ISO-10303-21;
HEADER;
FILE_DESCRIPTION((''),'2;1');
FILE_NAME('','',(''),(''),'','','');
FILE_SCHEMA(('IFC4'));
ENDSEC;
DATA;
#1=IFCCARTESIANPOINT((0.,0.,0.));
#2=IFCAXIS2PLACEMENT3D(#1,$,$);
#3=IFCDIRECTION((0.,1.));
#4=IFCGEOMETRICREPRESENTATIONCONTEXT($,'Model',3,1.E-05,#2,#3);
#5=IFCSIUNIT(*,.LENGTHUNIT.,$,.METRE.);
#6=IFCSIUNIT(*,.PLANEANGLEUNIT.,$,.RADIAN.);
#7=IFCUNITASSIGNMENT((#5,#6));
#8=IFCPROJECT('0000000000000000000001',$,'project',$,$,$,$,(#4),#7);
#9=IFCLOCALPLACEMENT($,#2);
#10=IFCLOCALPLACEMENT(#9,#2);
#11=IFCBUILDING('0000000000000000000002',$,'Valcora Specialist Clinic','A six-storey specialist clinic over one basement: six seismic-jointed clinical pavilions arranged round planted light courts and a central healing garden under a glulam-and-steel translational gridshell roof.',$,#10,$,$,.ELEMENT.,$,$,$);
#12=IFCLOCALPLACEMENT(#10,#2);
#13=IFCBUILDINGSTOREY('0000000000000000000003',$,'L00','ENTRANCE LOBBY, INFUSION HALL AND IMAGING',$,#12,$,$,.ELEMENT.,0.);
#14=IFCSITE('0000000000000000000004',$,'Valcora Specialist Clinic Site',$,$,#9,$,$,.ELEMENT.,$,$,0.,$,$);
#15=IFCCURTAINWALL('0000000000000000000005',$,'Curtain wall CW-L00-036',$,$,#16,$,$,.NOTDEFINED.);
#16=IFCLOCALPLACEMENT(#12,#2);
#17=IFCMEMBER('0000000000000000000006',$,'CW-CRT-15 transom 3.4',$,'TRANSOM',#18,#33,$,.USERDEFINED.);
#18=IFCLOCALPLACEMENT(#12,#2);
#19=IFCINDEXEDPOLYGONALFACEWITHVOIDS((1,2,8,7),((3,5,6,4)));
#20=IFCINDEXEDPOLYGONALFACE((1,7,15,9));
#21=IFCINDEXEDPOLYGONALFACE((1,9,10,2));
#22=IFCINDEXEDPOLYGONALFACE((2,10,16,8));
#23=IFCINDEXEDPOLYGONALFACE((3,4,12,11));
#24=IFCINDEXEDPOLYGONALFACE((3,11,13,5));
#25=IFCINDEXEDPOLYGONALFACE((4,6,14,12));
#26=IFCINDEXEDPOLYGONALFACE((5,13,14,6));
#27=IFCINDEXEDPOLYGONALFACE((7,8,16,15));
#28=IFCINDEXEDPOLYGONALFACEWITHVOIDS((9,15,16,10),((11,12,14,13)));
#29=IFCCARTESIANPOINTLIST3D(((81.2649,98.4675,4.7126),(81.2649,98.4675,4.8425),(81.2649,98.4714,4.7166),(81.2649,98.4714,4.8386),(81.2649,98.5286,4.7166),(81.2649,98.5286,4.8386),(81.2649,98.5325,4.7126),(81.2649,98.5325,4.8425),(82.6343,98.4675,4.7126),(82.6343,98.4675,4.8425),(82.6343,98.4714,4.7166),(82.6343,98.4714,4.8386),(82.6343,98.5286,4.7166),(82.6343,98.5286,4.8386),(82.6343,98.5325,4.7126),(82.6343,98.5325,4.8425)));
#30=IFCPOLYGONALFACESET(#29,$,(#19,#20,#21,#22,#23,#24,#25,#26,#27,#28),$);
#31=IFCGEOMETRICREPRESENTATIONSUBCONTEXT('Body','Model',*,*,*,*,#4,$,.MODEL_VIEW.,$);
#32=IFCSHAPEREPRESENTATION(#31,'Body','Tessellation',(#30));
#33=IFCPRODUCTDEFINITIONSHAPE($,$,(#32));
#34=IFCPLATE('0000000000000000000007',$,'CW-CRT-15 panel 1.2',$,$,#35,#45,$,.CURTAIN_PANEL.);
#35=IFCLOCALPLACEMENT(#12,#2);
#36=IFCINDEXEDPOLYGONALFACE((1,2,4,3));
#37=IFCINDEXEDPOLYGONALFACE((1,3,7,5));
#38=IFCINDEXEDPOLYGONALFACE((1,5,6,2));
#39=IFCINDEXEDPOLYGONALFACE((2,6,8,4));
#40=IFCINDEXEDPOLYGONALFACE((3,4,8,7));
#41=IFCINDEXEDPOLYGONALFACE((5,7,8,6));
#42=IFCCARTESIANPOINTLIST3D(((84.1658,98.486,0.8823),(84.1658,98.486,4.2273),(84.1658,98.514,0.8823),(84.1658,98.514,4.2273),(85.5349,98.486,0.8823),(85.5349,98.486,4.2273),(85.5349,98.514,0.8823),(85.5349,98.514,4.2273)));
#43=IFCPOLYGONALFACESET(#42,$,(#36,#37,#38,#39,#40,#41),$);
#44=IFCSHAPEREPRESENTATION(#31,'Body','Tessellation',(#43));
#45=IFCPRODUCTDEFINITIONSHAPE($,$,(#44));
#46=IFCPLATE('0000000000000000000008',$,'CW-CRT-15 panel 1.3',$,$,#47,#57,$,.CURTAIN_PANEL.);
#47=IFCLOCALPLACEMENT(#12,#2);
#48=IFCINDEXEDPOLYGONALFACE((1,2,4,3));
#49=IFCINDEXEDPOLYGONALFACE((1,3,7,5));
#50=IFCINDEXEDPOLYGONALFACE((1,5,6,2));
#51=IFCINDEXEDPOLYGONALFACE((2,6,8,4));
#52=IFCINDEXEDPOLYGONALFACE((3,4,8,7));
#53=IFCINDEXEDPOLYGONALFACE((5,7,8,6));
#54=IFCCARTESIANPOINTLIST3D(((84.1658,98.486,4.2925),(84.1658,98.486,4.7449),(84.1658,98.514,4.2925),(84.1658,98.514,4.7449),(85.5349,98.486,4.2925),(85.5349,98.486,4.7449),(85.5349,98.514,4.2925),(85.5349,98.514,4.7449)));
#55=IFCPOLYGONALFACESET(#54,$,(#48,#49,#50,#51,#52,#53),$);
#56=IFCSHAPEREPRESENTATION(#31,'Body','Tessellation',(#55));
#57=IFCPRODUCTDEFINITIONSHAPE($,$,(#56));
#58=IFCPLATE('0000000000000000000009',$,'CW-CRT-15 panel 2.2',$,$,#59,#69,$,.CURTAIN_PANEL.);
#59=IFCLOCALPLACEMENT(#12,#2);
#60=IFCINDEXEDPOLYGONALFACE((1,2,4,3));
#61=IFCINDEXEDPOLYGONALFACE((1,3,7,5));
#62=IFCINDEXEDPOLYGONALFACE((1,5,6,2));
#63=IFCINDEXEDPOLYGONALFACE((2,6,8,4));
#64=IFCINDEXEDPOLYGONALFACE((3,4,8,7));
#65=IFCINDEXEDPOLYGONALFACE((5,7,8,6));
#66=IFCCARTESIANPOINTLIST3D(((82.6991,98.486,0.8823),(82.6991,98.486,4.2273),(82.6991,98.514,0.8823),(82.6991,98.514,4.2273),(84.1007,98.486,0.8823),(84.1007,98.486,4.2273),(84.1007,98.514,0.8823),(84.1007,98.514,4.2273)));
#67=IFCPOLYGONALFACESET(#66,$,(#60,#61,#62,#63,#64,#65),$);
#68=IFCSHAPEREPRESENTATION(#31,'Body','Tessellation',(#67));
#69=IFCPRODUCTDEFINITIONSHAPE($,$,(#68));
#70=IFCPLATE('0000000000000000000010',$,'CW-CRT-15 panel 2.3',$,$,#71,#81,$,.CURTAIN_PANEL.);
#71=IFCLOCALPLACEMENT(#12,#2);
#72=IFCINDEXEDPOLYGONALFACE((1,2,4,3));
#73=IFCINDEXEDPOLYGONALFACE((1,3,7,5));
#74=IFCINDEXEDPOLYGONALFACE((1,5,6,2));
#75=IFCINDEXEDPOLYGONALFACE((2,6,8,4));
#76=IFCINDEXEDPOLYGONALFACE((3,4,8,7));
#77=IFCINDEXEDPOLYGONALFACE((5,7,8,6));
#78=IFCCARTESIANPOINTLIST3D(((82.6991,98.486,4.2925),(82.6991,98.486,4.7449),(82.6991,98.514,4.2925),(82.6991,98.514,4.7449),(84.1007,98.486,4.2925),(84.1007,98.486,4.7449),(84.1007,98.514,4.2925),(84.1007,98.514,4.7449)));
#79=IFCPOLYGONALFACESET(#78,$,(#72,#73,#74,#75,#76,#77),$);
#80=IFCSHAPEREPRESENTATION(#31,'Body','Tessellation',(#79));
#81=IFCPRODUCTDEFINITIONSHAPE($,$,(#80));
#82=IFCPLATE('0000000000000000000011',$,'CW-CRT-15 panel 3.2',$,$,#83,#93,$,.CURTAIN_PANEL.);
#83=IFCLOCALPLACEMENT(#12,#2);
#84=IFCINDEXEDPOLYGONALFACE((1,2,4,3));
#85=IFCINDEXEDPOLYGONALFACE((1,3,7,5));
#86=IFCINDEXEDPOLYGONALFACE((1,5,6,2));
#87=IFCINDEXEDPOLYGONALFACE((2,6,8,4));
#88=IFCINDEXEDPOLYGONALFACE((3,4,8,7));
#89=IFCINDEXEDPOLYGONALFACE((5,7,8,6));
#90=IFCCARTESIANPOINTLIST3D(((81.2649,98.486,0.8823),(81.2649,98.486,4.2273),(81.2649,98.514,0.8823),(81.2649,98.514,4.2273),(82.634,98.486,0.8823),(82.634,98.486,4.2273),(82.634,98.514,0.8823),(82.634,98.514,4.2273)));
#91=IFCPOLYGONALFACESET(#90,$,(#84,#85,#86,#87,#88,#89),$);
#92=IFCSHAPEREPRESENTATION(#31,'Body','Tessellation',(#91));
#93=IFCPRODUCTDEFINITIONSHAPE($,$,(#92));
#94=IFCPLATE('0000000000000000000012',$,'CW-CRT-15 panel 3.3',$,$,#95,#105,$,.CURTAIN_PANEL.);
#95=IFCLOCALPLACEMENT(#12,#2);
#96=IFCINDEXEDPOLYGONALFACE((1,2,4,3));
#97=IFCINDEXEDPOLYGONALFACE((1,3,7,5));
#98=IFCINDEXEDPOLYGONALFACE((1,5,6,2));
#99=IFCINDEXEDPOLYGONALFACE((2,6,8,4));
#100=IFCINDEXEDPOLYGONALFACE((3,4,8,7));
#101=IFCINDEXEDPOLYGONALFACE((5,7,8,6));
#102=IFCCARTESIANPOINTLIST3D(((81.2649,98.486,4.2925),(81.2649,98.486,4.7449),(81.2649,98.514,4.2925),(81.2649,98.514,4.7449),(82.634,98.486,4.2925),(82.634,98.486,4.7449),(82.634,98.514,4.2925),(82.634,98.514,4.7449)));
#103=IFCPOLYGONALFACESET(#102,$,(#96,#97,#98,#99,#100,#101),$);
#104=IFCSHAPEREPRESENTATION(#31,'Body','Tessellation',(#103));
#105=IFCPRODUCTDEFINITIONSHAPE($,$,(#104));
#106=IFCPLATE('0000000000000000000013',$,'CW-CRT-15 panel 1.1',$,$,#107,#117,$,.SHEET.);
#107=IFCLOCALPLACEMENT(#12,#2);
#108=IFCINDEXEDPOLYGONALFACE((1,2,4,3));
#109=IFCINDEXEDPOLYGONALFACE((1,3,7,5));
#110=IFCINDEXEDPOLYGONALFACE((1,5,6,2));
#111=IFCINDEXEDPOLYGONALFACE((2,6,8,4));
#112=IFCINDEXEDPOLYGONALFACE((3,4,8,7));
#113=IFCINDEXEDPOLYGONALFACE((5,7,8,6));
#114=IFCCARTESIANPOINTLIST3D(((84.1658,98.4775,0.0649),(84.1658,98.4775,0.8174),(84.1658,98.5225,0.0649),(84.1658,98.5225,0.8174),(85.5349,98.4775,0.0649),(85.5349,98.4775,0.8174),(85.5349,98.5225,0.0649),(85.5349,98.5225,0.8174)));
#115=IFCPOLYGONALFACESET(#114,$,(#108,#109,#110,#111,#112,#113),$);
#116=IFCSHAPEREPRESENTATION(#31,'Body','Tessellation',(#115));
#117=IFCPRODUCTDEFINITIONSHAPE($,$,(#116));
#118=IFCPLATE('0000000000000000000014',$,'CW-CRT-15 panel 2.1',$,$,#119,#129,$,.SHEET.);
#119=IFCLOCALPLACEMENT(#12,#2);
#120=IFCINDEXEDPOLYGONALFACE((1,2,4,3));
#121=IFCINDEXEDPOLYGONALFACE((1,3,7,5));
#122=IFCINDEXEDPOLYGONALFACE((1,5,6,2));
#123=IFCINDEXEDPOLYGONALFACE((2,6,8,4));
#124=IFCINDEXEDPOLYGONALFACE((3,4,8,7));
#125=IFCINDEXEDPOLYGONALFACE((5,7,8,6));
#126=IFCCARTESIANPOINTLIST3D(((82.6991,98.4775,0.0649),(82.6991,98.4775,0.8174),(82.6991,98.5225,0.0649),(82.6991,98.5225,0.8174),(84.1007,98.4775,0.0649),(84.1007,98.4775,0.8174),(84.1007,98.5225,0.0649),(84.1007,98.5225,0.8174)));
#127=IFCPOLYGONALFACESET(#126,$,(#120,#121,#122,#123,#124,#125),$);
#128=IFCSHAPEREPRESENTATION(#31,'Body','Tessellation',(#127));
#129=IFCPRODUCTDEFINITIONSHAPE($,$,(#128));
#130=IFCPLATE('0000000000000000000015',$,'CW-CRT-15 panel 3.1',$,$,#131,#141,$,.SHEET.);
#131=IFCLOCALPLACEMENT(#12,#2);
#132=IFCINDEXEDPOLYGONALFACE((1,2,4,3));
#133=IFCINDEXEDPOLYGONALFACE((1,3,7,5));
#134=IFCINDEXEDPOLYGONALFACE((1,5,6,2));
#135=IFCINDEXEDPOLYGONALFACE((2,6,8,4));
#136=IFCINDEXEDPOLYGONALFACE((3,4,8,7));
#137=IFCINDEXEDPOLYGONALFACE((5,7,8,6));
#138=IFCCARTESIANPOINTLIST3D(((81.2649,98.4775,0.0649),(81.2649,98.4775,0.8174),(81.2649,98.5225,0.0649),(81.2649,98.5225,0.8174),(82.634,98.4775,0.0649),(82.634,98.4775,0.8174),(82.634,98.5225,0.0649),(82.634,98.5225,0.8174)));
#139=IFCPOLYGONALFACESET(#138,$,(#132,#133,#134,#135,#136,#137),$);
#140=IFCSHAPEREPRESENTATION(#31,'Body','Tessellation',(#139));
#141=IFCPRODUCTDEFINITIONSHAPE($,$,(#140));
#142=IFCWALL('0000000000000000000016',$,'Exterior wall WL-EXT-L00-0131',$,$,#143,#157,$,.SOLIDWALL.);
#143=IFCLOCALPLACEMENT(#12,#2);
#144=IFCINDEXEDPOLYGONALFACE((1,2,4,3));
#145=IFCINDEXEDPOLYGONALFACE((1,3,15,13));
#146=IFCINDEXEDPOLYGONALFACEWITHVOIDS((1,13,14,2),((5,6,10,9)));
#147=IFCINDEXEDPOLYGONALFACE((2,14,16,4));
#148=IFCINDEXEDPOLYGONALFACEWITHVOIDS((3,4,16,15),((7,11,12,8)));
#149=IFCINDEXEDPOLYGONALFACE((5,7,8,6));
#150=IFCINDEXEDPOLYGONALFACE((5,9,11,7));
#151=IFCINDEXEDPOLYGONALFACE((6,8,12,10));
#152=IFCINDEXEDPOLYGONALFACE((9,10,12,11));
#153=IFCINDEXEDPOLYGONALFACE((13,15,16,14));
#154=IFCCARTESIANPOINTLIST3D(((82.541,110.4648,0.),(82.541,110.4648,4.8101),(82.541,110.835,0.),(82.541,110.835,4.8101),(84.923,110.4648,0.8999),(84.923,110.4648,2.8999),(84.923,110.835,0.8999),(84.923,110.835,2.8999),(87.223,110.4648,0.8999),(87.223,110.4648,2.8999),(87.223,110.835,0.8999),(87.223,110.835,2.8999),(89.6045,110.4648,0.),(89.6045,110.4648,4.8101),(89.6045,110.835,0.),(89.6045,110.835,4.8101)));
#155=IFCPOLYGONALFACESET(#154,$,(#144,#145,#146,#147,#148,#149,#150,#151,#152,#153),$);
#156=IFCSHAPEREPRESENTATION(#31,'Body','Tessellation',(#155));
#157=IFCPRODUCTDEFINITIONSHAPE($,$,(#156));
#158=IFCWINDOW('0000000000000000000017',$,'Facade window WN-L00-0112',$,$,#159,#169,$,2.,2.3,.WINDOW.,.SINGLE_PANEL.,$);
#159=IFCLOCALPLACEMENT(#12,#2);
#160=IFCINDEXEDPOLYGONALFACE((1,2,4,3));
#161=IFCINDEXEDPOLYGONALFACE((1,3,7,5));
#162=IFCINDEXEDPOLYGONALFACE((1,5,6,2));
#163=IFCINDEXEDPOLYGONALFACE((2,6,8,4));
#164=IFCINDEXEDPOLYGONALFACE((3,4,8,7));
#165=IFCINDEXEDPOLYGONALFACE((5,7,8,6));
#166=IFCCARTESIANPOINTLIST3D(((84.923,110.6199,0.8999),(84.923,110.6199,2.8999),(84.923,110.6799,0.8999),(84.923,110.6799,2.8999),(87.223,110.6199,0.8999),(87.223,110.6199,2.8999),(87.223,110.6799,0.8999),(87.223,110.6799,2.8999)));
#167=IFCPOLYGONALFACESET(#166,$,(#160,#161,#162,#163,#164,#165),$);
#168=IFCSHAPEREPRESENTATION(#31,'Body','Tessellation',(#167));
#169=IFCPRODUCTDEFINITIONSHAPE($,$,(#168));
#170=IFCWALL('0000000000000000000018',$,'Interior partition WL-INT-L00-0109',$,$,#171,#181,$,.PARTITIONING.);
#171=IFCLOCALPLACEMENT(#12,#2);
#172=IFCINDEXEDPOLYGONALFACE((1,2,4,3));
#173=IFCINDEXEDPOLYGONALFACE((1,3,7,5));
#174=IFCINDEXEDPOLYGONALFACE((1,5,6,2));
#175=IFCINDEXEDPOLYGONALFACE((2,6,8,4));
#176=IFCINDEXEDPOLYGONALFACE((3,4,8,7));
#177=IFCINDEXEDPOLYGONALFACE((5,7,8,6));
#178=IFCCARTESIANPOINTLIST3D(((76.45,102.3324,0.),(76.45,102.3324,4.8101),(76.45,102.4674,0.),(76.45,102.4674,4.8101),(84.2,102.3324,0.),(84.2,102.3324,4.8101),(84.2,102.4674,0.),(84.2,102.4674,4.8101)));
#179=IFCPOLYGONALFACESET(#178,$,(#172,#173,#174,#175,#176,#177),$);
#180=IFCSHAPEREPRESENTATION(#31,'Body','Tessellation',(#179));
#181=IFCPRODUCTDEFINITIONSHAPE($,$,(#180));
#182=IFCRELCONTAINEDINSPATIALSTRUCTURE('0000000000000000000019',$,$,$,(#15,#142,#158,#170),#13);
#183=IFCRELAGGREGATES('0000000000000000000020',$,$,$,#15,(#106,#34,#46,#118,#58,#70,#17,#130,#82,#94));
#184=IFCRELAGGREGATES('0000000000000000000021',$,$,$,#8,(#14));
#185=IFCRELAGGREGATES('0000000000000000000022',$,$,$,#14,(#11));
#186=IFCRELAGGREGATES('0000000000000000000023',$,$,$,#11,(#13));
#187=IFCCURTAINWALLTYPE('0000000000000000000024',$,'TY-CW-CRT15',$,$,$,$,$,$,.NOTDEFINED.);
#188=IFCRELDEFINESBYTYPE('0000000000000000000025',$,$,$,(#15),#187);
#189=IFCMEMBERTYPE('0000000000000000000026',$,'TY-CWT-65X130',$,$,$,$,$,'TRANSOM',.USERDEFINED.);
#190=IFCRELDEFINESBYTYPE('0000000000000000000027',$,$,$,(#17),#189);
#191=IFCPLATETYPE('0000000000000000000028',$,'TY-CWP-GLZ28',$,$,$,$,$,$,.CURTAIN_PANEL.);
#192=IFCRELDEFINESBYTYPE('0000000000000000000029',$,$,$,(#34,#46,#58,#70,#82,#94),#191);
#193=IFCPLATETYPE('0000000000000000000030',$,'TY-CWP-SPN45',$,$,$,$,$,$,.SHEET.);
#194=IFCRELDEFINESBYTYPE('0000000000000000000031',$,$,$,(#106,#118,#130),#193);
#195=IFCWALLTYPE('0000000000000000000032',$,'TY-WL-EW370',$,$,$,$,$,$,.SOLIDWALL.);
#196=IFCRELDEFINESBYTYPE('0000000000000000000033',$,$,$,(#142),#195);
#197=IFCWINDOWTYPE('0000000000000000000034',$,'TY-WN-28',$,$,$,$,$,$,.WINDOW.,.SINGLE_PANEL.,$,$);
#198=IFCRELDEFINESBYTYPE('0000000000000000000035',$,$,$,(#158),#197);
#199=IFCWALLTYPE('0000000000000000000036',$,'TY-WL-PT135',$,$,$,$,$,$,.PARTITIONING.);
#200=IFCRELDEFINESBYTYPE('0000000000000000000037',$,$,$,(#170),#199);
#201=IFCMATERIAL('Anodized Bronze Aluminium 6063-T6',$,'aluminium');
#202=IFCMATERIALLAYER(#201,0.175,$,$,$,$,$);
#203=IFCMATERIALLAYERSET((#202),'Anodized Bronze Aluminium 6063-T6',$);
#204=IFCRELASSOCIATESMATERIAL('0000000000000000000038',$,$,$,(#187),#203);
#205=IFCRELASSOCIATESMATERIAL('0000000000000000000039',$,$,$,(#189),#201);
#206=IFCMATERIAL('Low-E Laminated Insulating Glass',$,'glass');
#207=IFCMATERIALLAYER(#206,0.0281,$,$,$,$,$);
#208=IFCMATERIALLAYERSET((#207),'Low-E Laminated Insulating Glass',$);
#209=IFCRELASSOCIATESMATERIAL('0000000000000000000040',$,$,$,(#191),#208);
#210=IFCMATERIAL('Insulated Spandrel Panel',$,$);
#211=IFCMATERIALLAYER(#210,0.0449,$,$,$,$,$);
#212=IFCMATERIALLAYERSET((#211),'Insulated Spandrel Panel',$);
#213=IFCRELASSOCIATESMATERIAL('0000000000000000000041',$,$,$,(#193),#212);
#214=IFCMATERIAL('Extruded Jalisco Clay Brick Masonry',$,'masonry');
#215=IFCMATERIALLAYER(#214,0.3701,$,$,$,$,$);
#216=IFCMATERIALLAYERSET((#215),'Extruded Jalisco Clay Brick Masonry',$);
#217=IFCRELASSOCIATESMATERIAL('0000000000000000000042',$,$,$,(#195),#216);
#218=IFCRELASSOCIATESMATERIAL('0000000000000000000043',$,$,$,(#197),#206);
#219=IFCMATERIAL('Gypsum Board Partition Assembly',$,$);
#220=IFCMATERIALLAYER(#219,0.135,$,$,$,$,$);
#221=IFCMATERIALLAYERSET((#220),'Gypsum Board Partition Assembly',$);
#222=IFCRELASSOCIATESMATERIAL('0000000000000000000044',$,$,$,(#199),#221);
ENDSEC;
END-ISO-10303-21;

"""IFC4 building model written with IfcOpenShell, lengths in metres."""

from ifc_helpers import new_model, si_unit, direction, frame, frame_2d, origin, origin_2d, place, context, subcontext, project, spatial, rectangle, hollow_rectangle, extrude, material, layer, layer_set, material_profile, profile_set, type_object, element, fill, aggregate, save


model = new_model("IFC4")

# Units and contexts
model_context = context("Model", 3, precision=1e-05, world=origin(), true_north=direction((0.0, 1.0)))
body_context = subcontext(model_context, "Body", "Model", "MODEL_VIEW")
ifc_project = project(units=[si_unit("LENGTHUNIT", "METRE"), si_unit("PLANEANGLEUNIT", "RADIAN")], contexts=[model_context])

# Site, building, storey
site_placement = place(None, origin())
site = spatial("IfcSite", under=ifc_project, at=site_placement, Name="Valcora Specialist Clinic Site", CompositionType="ELEMENT", RefElevation=0.0)
building_placement = place(site_placement, origin())
building = spatial("IfcBuilding", under=site, at=building_placement, Name="Valcora Specialist Clinic", Description="A six-storey specialist clinic over one basement: six seismic-jointed clinical pavilions arranged round planted light courts and a central healing garden under a glulam-and-steel translational gridshell roof.", CompositionType="ELEMENT")
storey_placement = place(building_placement, origin())
storey = spatial("IfcBuildingStorey", under=building, at=storey_placement, Name="L00", Description="ENTRANCE LOBBY, INFUSION HALL AND IMAGING", CompositionType="ELEMENT", Elevation=0.0)

# Curtain wall
ifc_material_1 = material(Name="Anodized Bronze Aluminium 6063-T6", Category="aluminium")
ifc_layer_1 = layer(ifc_material_1, 0.175)
ifc_layer_set_1 = layer_set([ifc_layer_1], Name="Anodized Bronze Aluminium 6063-T6")
curtain_wall_type = type_object("IfcCurtainWallType", Name="TY-CW-CRT15", PredefinedType="NOTDEFINED", material=ifc_layer_set_1)
curtain_wall_1_placement = place(storey_placement, origin())
curtain_wall_1 = element("IfcCurtainWall", 1, at=curtain_wall_1_placement, inside=storey, type_object=curtain_wall_type, Name="Curtain wall CW-L00-036", PredefinedType="NOTDEFINED")

# Member
ifc_material_profile_1 = material_profile(ifc_material_1, hollow_rectangle(XDim=0.0649, YDim=0.1299, WallThickness=0.0039, at=origin_2d()), Name="AL-TRN-65X130")
ifc_profile_set_1 = profile_set([ifc_material_profile_1], Name="Anodized Bronze Aluminium 6063-T6")
member_type_1 = type_object("IfcMemberType", Name="TY-CWT-65X130", ElementType="TRANSOM", PredefinedType="USERDEFINED", material=ifc_profile_set_1)
member_1_placement = place(storey_placement, frame((82.6343, 98.5, 4.7776), z_axis=(-1.0, 0.0, 0.0), x_axis=(0.0, -1.0, 0.0)))
member_1 = element("IfcMember", 2, at=member_1_placement, type_object=member_type_1, Name="CW-CRT-15 transom 3.4", ObjectType="TRANSOM", PredefinedType="USERDEFINED", context=body_context, shape_type="SweptSolid", body=[
    extrude(hollow_rectangle(XDim=0.0649, YDim=0.1299, WallThickness=0.0039, at=origin_2d()), origin(), (0.0, 0.0, 1.0), 1.3694),
])

# Plates
ifc_material_2 = material(Name="Low-E Laminated Insulating Glass", Category="glass")
ifc_layer_2 = layer(ifc_material_2, 0.0281)
ifc_layer_set_2 = layer_set([ifc_layer_2], Name="Low-E Laminated Insulating Glass")
plate_type_1 = type_object("IfcPlateType", Name="TY-CWP-GLZ28", PredefinedType="CURTAIN_PANEL", material=ifc_layer_set_2)
plate_1_placement = place(storey_placement, frame((84.8503, 98.5, 0.8823), z_axis=(0.0, 0.0, 1.0), x_axis=(-1.0, 0.0, 0.0)))
plate_1 = element("IfcPlate", 3, at=plate_1_placement, type_object=plate_type_1, Name="CW-CRT-15 panel 1.2", PredefinedType="CURTAIN_PANEL", context=body_context, shape_type="SweptSolid", body=[
    extrude(rectangle(XDim=1.3691, YDim=0.0281, at=origin_2d()), origin(), (0.0, 0.0, 1.0), 3.345),
])
plate_2_placement = place(storey_placement, frame((84.8503, 98.5, 4.2925), z_axis=(0.0, 0.0, 1.0), x_axis=(-1.0, 0.0, 0.0)))
plate_2 = element("IfcPlate", 4, at=plate_2_placement, type_object=plate_type_1, Name="CW-CRT-15 panel 1.3", PredefinedType="CURTAIN_PANEL", context=body_context, shape_type="SweptSolid", body=[
    extrude(rectangle(XDim=1.3691, YDim=0.0281, at=origin_2d()), origin(), (0.0, 0.0, 1.0), 0.4524),
])
plate_3_placement = place(storey_placement, frame((83.3999, 98.5, 0.8823), z_axis=(0.0, 0.0, 1.0), x_axis=(-1.0, 0.0, 0.0)))
plate_3 = element("IfcPlate", 5, at=plate_3_placement, type_object=plate_type_1, Name="CW-CRT-15 panel 2.2", PredefinedType="CURTAIN_PANEL", context=body_context, shape_type="SweptSolid", body=[
    extrude(rectangle(XDim=1.4016, YDim=0.0281, at=origin_2d()), origin(), (0.0, 0.0, 1.0), 3.345),
])
plate_4_placement = place(storey_placement, frame((83.3999, 98.5, 4.2925), z_axis=(0.0, 0.0, 1.0), x_axis=(-1.0, 0.0, 0.0)))
plate_4 = element("IfcPlate", 6, at=plate_4_placement, type_object=plate_type_1, Name="CW-CRT-15 panel 2.3", PredefinedType="CURTAIN_PANEL", context=body_context, shape_type="SweptSolid", body=[
    extrude(rectangle(XDim=1.4016, YDim=0.0281, at=origin_2d()), origin(), (0.0, 0.0, 1.0), 0.4524),
])
plate_5_placement = place(storey_placement, frame((81.9495, 98.5, 0.8823), z_axis=(0.0, 0.0, 1.0), x_axis=(-1.0, 0.0, 0.0)))
plate_5 = element("IfcPlate", 7, at=plate_5_placement, type_object=plate_type_1, Name="CW-CRT-15 panel 3.2", PredefinedType="CURTAIN_PANEL", context=body_context, shape_type="SweptSolid", body=[
    extrude(rectangle(XDim=1.3691, YDim=0.0281, at=origin_2d()), origin(), (0.0, 0.0, 1.0), 3.345),
])
plate_6_placement = place(storey_placement, frame((81.9495, 98.5, 4.2925), z_axis=(0.0, 0.0, 1.0), x_axis=(-1.0, 0.0, 0.0)))
plate_6 = element("IfcPlate", 8, at=plate_6_placement, type_object=plate_type_1, Name="CW-CRT-15 panel 3.3", PredefinedType="CURTAIN_PANEL", context=body_context, shape_type="SweptSolid", body=[
    extrude(rectangle(XDim=1.3691, YDim=0.0281, at=origin_2d()), origin(), (0.0, 0.0, 1.0), 0.4524),
])
ifc_material_3 = material(Name="Insulated Spandrel Panel")
ifc_layer_3 = layer(ifc_material_3, 0.0449)
ifc_layer_set_3 = layer_set([ifc_layer_3], Name="Insulated Spandrel Panel")
plate_type_2 = type_object("IfcPlateType", Name="TY-CWP-SPN45", PredefinedType="SHEET", material=ifc_layer_set_3)
plate_7_placement = place(storey_placement, frame((84.8503, 98.5, 0.0649), z_axis=(0.0, 0.0, 1.0), x_axis=(-1.0, 0.0, 0.0)))
plate_7 = element("IfcPlate", 9, at=plate_7_placement, type_object=plate_type_2, Name="CW-CRT-15 panel 1.1", PredefinedType="SHEET", context=body_context, shape_type="SweptSolid", body=[
    extrude(rectangle(XDim=1.3691, YDim=0.0449, at=origin_2d()), origin(), (0.0, 0.0, 1.0), 0.7524),
])
plate_8_placement = place(storey_placement, frame((83.3999, 98.5, 0.0649), z_axis=(0.0, 0.0, 1.0), x_axis=(-1.0, 0.0, 0.0)))
plate_8 = element("IfcPlate", 10, at=plate_8_placement, type_object=plate_type_2, Name="CW-CRT-15 panel 2.1", PredefinedType="SHEET", context=body_context, shape_type="SweptSolid", body=[
    extrude(rectangle(XDim=1.4016, YDim=0.0449, at=origin_2d()), origin(), (0.0, 0.0, 1.0), 0.7524),
])
plate_9_placement = place(storey_placement, frame((81.9495, 98.5, 0.0649), z_axis=(0.0, 0.0, 1.0), x_axis=(-1.0, 0.0, 0.0)))
plate_9 = element("IfcPlate", 11, at=plate_9_placement, type_object=plate_type_2, Name="CW-CRT-15 panel 3.1", PredefinedType="SHEET", context=body_context, shape_type="SweptSolid", body=[
    extrude(rectangle(XDim=1.3691, YDim=0.0449, at=origin_2d()), origin(), (0.0, 0.0, 1.0), 0.7524),
])
aggregate(curtain_wall_1, [plate_7, plate_1, plate_2, plate_8, plate_3, plate_4, member_1, plate_9, plate_5, plate_6])

# Wall, opening, window
ifc_material_4 = material(Name="Extruded Jalisco Clay Brick Masonry", Category="masonry")
ifc_layer_4 = layer(ifc_material_4, 0.3701)
ifc_layer_set_4 = layer_set([ifc_layer_4], Name="Extruded Jalisco Clay Brick Masonry")
wall_type_1 = type_object("IfcWallType", Name="TY-WL-EW370", PredefinedType="SOLIDWALL", material=ifc_layer_set_4)
wall_1_placement = place(storey_placement, frame((82.541, 110.6499, 0.0), z_axis=(0.0, 0.0, 1.0), x_axis=(1.0, 0.0, 0.0)))
wall_1 = element("IfcWall", 12, at=wall_1_placement, inside=storey, type_object=wall_type_1, Name="Exterior wall WL-EXT-L00-0131", PredefinedType="SOLIDWALL", context=body_context, shape_type="SweptSolid", body=[
    extrude(rectangle(XDim=7.0635, YDim=0.3701, at=frame_2d((3.5317, 0.0))), origin(), (0.0, 0.0, 1.0), 4.8101),
])
opening_placement = place(wall_1_placement, frame((2.3821, 0.0, 0.8999)))
opening = element("IfcOpeningElement", 13, at=opening_placement, cuts=wall_1, PredefinedType="OPENING", context=body_context, shape_type="SweptSolid", body=[
    extrude(rectangle(XDim=2.3, YDim=2.0, at=frame_2d((1.1499, 1.0))), frame((0.0, 0.1951, 0.0), z_axis=(0.0, -1.0, 0.0), x_axis=(1.0, 0.0, 0.0)), (0.0, 0.0, 1.0), 0.3901),
])
window_type = type_object("IfcWindowType", Name="TY-WN-28", PartitioningType="SINGLE_PANEL", PredefinedType="WINDOW", material=ifc_material_2)
window_placement = place(opening_placement, origin())
window = element("IfcWindow", 14, at=window_placement, inside=storey, type_object=window_type, Name="Facade window WN-L00-0112", OverallHeight=2.0, OverallWidth=2.3, PartitioningType="SINGLE_PANEL", PredefinedType="WINDOW", context=body_context, shape_type="SweptSolid", body=[
    extrude(rectangle(XDim=2.3, YDim=2.0, at=frame_2d((1.1499, 1.0))), frame((0.0, 0.03, 0.0), z_axis=(0.0, -1.0, 0.0), x_axis=(1.0, 0.0, 0.0)), (0.0, 0.0, 1.0), 0.0601),
])
fill(opening, window)

# Wall
ifc_material_5 = material(Name="Gypsum Board Partition Assembly")
ifc_layer_5 = layer(ifc_material_5, 0.135)
ifc_layer_set_5 = layer_set([ifc_layer_5], Name="Gypsum Board Partition Assembly")
wall_type_2 = type_object("IfcWallType", Name="TY-WL-PT135", PredefinedType="PARTITIONING", material=ifc_layer_set_5)
wall_2_placement = place(storey_placement, frame((84.2, 102.3999, 0.0), z_axis=(0.0, 0.0, 1.0), x_axis=(-1.0, 0.0, 0.0)))
element("IfcWall", 15, at=wall_2_placement, inside=storey, type_object=wall_type_2, Name="Interior partition WL-INT-L00-0109", PredefinedType="PARTITIONING", context=body_context, shape_type="SweptSolid", body=[
    extrude(rectangle(XDim=7.75, YDim=0.135, at=frame_2d((3.875, 0.0))), origin(), (0.0, 0.0, 1.0), 4.8101),
])

save(model, "model.ifc")
